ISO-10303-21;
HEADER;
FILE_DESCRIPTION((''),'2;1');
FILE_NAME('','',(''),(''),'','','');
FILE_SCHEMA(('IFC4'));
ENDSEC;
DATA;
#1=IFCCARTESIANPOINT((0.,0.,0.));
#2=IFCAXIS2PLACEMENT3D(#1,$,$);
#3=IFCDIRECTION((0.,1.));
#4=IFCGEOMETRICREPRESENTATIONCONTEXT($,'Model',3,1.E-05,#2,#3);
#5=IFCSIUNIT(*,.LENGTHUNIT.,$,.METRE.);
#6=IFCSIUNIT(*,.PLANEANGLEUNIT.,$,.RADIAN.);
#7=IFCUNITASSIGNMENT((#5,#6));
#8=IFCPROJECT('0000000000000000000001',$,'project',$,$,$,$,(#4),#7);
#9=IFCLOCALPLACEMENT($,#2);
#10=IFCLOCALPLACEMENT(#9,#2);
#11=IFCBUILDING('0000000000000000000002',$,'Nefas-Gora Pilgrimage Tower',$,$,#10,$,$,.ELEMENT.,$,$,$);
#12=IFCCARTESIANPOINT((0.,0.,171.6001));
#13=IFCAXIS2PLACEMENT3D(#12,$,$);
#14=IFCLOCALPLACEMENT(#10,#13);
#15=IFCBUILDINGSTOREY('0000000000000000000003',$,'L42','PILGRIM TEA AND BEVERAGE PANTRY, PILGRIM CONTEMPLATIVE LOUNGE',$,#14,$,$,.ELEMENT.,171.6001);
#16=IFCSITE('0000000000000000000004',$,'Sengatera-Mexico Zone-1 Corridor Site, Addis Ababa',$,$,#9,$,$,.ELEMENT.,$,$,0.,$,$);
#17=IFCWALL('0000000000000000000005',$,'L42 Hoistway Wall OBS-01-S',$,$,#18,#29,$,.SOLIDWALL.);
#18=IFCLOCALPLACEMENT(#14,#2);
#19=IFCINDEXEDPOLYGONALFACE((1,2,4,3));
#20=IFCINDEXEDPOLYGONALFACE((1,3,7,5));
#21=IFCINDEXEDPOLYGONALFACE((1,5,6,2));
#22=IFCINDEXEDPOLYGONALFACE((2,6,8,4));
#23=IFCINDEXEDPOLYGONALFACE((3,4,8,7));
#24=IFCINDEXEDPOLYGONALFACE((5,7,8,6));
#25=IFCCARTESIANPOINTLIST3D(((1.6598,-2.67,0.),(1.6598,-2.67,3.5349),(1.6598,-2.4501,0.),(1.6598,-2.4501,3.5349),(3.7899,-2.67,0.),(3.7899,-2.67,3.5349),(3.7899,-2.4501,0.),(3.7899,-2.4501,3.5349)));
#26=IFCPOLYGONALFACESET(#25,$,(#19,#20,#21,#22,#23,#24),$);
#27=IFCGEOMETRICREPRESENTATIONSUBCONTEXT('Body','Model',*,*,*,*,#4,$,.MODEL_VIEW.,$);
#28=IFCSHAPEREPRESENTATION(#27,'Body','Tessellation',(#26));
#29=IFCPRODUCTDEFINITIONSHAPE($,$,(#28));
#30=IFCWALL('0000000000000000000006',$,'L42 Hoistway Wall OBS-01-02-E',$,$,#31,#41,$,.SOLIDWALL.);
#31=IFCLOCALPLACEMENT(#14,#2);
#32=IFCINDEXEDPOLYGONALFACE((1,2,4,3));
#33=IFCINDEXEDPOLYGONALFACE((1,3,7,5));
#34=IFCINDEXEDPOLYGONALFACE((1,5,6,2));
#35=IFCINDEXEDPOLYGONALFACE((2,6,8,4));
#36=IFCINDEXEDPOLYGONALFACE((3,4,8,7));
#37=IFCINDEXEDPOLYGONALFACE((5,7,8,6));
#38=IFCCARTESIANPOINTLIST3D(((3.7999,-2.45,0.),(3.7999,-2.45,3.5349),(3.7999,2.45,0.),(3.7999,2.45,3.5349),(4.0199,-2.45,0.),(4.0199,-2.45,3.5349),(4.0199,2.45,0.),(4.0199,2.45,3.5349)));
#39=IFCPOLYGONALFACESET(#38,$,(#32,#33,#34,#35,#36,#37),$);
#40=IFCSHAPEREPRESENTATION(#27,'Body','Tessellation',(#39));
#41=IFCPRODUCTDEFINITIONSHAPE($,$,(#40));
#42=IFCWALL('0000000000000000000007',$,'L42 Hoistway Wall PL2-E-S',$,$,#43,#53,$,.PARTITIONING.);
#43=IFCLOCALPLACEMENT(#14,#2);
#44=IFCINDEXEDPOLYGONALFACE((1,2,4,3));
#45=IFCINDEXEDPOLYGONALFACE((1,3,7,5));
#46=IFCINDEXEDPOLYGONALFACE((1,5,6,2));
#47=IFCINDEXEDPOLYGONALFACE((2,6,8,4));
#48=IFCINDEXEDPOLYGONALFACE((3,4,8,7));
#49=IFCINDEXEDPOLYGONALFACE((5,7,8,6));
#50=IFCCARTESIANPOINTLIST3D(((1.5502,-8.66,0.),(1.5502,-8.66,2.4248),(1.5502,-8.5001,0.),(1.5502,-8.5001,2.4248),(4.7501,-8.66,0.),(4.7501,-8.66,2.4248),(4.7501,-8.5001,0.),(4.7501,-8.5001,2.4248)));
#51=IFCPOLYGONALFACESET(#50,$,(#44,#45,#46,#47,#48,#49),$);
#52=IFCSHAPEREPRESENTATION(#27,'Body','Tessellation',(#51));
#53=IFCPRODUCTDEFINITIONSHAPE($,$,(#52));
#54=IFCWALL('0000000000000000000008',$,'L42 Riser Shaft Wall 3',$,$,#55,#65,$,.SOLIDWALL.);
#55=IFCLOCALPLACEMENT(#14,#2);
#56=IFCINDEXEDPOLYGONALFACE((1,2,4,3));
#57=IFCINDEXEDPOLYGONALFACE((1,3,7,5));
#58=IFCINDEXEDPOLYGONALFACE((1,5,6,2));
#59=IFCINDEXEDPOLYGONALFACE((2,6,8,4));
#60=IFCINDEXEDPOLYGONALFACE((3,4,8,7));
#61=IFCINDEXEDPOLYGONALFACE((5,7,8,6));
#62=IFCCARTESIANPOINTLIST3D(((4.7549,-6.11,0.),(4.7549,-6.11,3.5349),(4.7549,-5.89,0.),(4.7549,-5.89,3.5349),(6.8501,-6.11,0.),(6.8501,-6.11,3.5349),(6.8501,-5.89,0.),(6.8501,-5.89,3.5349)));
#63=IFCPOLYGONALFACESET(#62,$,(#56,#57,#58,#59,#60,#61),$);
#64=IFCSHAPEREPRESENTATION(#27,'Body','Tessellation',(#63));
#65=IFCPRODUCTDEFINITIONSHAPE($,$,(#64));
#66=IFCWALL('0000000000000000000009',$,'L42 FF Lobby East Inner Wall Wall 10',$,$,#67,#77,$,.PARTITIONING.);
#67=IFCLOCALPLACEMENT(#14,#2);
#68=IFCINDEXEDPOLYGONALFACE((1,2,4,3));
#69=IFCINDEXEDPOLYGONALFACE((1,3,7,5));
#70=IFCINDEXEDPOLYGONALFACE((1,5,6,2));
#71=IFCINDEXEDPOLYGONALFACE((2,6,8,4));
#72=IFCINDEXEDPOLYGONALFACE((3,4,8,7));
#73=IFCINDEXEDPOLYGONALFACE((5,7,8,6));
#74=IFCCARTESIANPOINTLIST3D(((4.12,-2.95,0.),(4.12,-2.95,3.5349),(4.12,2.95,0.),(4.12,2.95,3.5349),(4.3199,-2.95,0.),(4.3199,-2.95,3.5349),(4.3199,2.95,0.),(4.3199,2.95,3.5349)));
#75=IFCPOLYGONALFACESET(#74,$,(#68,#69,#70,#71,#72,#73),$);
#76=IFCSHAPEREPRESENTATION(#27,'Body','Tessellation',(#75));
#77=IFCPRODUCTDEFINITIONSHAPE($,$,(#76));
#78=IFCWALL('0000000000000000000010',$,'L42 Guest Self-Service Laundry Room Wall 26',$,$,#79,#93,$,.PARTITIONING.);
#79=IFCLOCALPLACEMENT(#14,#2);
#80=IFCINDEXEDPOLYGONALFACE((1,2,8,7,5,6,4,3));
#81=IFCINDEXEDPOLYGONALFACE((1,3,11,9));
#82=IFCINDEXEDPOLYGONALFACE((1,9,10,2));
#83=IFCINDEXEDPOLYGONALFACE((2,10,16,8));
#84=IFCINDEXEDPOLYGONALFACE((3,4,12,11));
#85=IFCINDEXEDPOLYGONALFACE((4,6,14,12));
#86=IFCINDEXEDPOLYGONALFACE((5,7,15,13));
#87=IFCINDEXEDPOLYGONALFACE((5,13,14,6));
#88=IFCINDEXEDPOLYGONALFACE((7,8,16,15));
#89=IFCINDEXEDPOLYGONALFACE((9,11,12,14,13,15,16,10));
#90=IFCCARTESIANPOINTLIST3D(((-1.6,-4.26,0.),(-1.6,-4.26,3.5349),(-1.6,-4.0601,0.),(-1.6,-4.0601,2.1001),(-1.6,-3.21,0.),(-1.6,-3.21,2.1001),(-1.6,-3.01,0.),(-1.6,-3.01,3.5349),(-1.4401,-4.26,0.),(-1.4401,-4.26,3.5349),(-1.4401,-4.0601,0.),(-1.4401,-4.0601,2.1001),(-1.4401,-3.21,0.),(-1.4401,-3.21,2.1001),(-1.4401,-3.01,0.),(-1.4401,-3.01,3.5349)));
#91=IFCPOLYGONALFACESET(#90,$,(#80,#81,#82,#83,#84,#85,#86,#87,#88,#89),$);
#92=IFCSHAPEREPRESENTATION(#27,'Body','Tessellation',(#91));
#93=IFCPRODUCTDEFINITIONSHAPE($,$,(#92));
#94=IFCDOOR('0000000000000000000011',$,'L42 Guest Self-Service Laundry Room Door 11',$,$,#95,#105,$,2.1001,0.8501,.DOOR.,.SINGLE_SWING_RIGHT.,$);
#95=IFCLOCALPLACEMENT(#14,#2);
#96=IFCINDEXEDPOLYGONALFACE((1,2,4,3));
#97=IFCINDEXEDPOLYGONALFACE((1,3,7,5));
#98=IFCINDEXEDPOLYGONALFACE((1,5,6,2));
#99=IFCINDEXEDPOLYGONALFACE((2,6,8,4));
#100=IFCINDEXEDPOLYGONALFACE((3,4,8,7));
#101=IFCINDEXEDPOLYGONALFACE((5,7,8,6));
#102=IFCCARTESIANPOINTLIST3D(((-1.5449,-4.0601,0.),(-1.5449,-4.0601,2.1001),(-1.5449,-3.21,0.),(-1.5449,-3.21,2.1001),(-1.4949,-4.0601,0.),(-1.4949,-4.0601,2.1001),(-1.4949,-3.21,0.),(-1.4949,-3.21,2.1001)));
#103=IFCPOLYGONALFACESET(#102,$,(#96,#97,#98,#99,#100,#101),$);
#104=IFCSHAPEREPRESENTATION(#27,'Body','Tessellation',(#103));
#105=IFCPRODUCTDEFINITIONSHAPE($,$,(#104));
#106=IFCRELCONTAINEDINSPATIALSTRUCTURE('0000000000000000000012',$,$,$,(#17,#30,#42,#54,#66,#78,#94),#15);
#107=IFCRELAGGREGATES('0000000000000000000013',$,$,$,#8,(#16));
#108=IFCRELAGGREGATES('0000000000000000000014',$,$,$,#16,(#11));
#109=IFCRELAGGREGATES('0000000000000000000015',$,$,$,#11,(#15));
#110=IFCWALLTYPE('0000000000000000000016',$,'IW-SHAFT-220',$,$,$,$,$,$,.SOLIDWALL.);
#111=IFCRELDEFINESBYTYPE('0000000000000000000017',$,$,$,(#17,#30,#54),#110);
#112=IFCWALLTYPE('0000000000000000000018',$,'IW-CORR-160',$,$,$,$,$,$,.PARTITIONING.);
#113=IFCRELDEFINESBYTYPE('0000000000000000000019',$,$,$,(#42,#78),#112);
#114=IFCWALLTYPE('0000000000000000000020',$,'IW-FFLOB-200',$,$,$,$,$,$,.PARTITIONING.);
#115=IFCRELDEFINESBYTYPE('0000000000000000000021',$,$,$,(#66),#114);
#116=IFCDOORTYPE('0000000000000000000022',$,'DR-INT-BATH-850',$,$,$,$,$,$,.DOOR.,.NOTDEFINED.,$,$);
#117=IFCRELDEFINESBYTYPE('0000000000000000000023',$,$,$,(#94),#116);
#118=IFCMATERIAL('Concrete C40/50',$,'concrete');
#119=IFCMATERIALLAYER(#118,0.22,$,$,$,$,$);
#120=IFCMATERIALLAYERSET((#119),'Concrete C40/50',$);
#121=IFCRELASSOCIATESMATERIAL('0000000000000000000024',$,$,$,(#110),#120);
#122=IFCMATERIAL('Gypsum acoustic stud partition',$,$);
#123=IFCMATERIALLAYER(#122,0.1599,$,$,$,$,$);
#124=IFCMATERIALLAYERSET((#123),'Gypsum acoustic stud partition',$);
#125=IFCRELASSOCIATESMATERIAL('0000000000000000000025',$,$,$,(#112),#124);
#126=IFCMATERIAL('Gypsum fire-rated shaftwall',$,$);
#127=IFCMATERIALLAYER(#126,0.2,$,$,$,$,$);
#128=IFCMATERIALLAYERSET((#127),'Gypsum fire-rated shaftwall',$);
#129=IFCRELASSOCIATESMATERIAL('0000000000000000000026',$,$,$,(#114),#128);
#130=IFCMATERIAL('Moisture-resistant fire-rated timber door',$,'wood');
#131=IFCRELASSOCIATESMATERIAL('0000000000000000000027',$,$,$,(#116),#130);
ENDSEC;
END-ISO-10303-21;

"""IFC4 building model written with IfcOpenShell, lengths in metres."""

from ifc_helpers import new_model, si_unit, direction, frame, frame_2d, origin, place, context, subcontext, project, spatial, rectangle, extrude, source, transform, mapped, material, layer, layer_set, type_object, element, fill, save


model = new_model("IFC4")

# Units and contexts
model_context = context("Model", 3, precision=1e-05, world=origin(), true_north=direction((0.0, 1.0)))
body_context = subcontext(model_context, "Body", "Model", "MODEL_VIEW")
ifc_project = project(units=[si_unit("LENGTHUNIT", "METRE"), si_unit("PLANEANGLEUNIT", "RADIAN")], contexts=[model_context])

# Site, building, storey
site_placement = place(None, origin())
site = spatial("IfcSite", under=ifc_project, at=site_placement, Name="Sengatera-Mexico Zone-1 Corridor Site, Addis Ababa", CompositionType="ELEMENT", RefElevation=0.0)
building_placement = place(site_placement, origin())
building = spatial("IfcBuilding", under=site, at=building_placement, Name="Nefas-Gora Pilgrimage Tower", CompositionType="ELEMENT")
storey_placement = place(building_placement, frame((0.0, 0.0, 171.6001)))
storey = spatial("IfcBuildingStorey", under=building, at=storey_placement, Name="L42", Description="PILGRIM TEA AND BEVERAGE PANTRY, PILGRIM CONTEMPLATIVE LOUNGE", CompositionType="ELEMENT", Elevation=171.6001)

# Shared definitions
ifc_material_1 = material(Name="Concrete C40/50", Category="concrete")
ifc_layer_1 = layer(ifc_material_1, 0.22)
ifc_layer_set_1 = layer_set([ifc_layer_1], Name="Concrete C40/50")
wall_type_1 = type_object("IfcWallType", Name="IW-SHAFT-220", PredefinedType="SOLIDWALL", material=ifc_layer_set_1)

# Walls
shared_shape_1 = source(origin(), body_context, "Body", "SweptSolid", [
    extrude(rectangle(XDim=2.1301, YDim=0.22, at=frame_2d((1.0649, 0.0))), origin(), (0.0, 0.0, 1.0), 3.5349),
])
wall_1_placement = place(storey_placement, frame((1.6599, -2.5601, 0.0), z_axis=(0.0, 0.0, 1.0), x_axis=(1.0, 0.0, 0.0)))
element("IfcWall", 1, at=wall_1_placement, inside=storey, type_object=wall_type_1, Name="L42 Hoistway Wall OBS-01-S", PredefinedType="SOLIDWALL", context=body_context, shape_type="MappedRepresentation", body=[
    mapped(shared_shape_1, transform((0.0, 0.0, 0.0), x_axis=(1.0, 0.0, 0.0), y_axis=(0.0, 1.0, 0.0), z_axis=(0.0, 0.0, 1.0), scale=1.0)),
])
shared_shape_2 = source(origin(), body_context, "Body", "SweptSolid", [
    extrude(rectangle(XDim=4.8999, YDim=0.22, at=frame_2d((2.45, 0.0))), origin(), (0.0, 0.0, 1.0), 3.5349),
])
wall_2_placement = place(storey_placement, frame((3.9099, -2.45, 0.0), z_axis=(0.0, 0.0, 1.0), x_axis=(0.0, 1.0, 0.0)))
element("IfcWall", 2, at=wall_2_placement, inside=storey, type_object=wall_type_1, Name="L42 Hoistway Wall OBS-01-02-E", PredefinedType="SOLIDWALL", context=body_context, shape_type="MappedRepresentation", body=[
    mapped(shared_shape_2, transform((0.0, 0.0, 0.0), x_axis=(1.0, 0.0, 0.0), y_axis=(0.0, 1.0, 0.0), z_axis=(0.0, 0.0, 1.0), scale=1.0)),
])
ifc_material_2 = material(Name="Gypsum acoustic stud partition")
ifc_layer_2 = layer(ifc_material_2, 0.1599)
ifc_layer_set_2 = layer_set([ifc_layer_2], Name="Gypsum acoustic stud partition")
wall_type_2 = type_object("IfcWallType", Name="IW-CORR-160", PredefinedType="PARTITIONING", material=ifc_layer_set_2)
shared_shape_3 = source(origin(), body_context, "Body", "SweptSolid", [
    extrude(rectangle(XDim=3.2, YDim=0.1599, at=frame_2d((1.6001, 0.0))), origin(), (0.0, 0.0, 1.0), 2.4248),
])
wall_3_placement = place(storey_placement, frame((1.55, -8.5801, 0.0), z_axis=(0.0, 0.0, 1.0), x_axis=(1.0, 0.0, 0.0)))
element("IfcWall", 3, at=wall_3_placement, inside=storey, type_object=wall_type_2, Name="L42 Hoistway Wall PL2-E-S", PredefinedType="PARTITIONING", context=body_context, shape_type="MappedRepresentation", body=[
    mapped(shared_shape_3, transform((0.0, 0.0, 0.0), x_axis=(1.0, 0.0, 0.0), y_axis=(0.0, 1.0, 0.0), z_axis=(0.0, 0.0, 1.0), scale=1.0)),
])
shared_shape_4 = source(origin(), body_context, "Body", "SweptSolid", [
    extrude(rectangle(XDim=2.0952, YDim=0.22, at=frame_2d((1.0476, 0.0))), origin(), (0.0, 0.0, 1.0), 3.5349),
])
wall_4_placement = place(storey_placement, frame((4.7549, -6.0, 0.0), z_axis=(0.0, 0.0, 1.0), x_axis=(1.0, 0.0, 0.0)))
element("IfcWall", 4, at=wall_4_placement, inside=storey, type_object=wall_type_1, Name="L42 Riser Shaft Wall 3", PredefinedType="SOLIDWALL", context=body_context, shape_type="MappedRepresentation", body=[
    mapped(shared_shape_4, transform((0.0, 0.0, 0.0), x_axis=(1.0, 0.0, 0.0), y_axis=(0.0, 1.0, 0.0), z_axis=(0.0, 0.0, 1.0), scale=1.0)),
])
ifc_material_3 = material(Name="Gypsum fire-rated shaftwall")
ifc_layer_3 = layer(ifc_material_3, 0.2)
ifc_layer_set_3 = layer_set([ifc_layer_3], Name="Gypsum fire-rated shaftwall")
wall_type_3 = type_object("IfcWallType", Name="IW-FFLOB-200", PredefinedType="PARTITIONING", material=ifc_layer_set_3)
shared_shape_5 = source(origin(), body_context, "Body", "SweptSolid", [
    extrude(rectangle(XDim=5.8999, YDim=0.2, at=frame_2d((2.95, 0.0))), origin(), (0.0, 0.0, 1.0), 3.5349),
])
wall_5_placement = place(storey_placement, frame((4.22, -2.95, 0.0), z_axis=(0.0, 0.0, 1.0), x_axis=(0.0, 1.0, 0.0)))
element("IfcWall", 5, at=wall_5_placement, inside=storey, type_object=wall_type_3, Name="L42 FF Lobby East Inner Wall Wall 10", PredefinedType="PARTITIONING", context=body_context, shape_type="MappedRepresentation", body=[
    mapped(shared_shape_5, transform((0.0, 0.0, 0.0), x_axis=(1.0, 0.0, 0.0), y_axis=(0.0, 1.0, 0.0), z_axis=(0.0, 0.0, 1.0), scale=1.0)),
])

# Wall, opening, door
shared_shape_6 = source(origin(), body_context, "Body", "SweptSolid", [
    extrude(rectangle(XDim=1.25, YDim=0.1599, at=frame_2d((0.625, 0.0))), origin(), (0.0, 0.0, 1.0), 3.5349),
])
wall_6_placement = place(storey_placement, frame((-1.52, -4.26, 0.0), z_axis=(0.0, 0.0, 1.0), x_axis=(0.0, 1.0, 0.0)))
wall_6 = element("IfcWall", 6, at=wall_6_placement, inside=storey, type_object=wall_type_2, Name="L42 Guest Self-Service Laundry Room Wall 26", PredefinedType="PARTITIONING", context=body_context, shape_type="MappedRepresentation", body=[
    mapped(shared_shape_6, transform((0.0, 0.0, 0.0), x_axis=(1.0, 0.0, 0.0), y_axis=(0.0, 1.0, 0.0), z_axis=(0.0, 0.0, 1.0), scale=1.0)),
])
opening_1_placement = place(wall_6_placement, frame((0.2, 0.0, 0.0)))
opening_1 = element("IfcOpeningElement", 7, at=opening_1_placement, cuts=wall_6, PredefinedType="OPENING", context=body_context, shape_type="SweptSolid", body=[
    extrude(rectangle(XDim=0.8501, YDim=2.1001, at=frame_2d((0.425, 1.05))), frame((0.0, 0.0898, 0.0), z_axis=(0.0, -1.0, 0.0), x_axis=(1.0, 0.0, 0.0)), (0.0, 0.0, 1.0), 0.1799),
])
ifc_material_4 = material(Name="Moisture-resistant fire-rated timber door", Category="wood")
door_type_1 = type_object("IfcDoorType", Name="DR-INT-BATH-850", OperationType="NOTDEFINED", PredefinedType="DOOR", material=ifc_material_4)
shared_shape_7 = source(origin(), body_context, "Body", "SweptSolid", [
    extrude(rectangle(XDim=0.8501, YDim=2.1001, at=frame_2d((0.425, 1.05))), frame((0.0, 0.0249, 0.0), z_axis=(0.0, -1.0, 0.0), x_axis=(1.0, 0.0, 0.0)), (0.0, 0.0, 1.0), 0.05),
])
door_1_placement = place(opening_1_placement, origin())
door_1 = element("IfcDoor", 8, at=door_1_placement, inside=storey, type_object=door_type_1, Name="L42 Guest Self-Service Laundry Room Door 11", OperationType="SINGLE_SWING_RIGHT", OverallHeight=2.1001, OverallWidth=0.8501, PredefinedType="DOOR", context=body_context, shape_type="MappedRepresentation", body=[
    mapped(shared_shape_7, transform((0.0, 0.0, 0.0), x_axis=(1.0, 0.0, 0.0), y_axis=(0.0, 1.0, 0.0), z_axis=(0.0, 0.0, 1.0), scale=1.0)),
])
fill(opening_1, door_1)

save(model, "model.ifc")
